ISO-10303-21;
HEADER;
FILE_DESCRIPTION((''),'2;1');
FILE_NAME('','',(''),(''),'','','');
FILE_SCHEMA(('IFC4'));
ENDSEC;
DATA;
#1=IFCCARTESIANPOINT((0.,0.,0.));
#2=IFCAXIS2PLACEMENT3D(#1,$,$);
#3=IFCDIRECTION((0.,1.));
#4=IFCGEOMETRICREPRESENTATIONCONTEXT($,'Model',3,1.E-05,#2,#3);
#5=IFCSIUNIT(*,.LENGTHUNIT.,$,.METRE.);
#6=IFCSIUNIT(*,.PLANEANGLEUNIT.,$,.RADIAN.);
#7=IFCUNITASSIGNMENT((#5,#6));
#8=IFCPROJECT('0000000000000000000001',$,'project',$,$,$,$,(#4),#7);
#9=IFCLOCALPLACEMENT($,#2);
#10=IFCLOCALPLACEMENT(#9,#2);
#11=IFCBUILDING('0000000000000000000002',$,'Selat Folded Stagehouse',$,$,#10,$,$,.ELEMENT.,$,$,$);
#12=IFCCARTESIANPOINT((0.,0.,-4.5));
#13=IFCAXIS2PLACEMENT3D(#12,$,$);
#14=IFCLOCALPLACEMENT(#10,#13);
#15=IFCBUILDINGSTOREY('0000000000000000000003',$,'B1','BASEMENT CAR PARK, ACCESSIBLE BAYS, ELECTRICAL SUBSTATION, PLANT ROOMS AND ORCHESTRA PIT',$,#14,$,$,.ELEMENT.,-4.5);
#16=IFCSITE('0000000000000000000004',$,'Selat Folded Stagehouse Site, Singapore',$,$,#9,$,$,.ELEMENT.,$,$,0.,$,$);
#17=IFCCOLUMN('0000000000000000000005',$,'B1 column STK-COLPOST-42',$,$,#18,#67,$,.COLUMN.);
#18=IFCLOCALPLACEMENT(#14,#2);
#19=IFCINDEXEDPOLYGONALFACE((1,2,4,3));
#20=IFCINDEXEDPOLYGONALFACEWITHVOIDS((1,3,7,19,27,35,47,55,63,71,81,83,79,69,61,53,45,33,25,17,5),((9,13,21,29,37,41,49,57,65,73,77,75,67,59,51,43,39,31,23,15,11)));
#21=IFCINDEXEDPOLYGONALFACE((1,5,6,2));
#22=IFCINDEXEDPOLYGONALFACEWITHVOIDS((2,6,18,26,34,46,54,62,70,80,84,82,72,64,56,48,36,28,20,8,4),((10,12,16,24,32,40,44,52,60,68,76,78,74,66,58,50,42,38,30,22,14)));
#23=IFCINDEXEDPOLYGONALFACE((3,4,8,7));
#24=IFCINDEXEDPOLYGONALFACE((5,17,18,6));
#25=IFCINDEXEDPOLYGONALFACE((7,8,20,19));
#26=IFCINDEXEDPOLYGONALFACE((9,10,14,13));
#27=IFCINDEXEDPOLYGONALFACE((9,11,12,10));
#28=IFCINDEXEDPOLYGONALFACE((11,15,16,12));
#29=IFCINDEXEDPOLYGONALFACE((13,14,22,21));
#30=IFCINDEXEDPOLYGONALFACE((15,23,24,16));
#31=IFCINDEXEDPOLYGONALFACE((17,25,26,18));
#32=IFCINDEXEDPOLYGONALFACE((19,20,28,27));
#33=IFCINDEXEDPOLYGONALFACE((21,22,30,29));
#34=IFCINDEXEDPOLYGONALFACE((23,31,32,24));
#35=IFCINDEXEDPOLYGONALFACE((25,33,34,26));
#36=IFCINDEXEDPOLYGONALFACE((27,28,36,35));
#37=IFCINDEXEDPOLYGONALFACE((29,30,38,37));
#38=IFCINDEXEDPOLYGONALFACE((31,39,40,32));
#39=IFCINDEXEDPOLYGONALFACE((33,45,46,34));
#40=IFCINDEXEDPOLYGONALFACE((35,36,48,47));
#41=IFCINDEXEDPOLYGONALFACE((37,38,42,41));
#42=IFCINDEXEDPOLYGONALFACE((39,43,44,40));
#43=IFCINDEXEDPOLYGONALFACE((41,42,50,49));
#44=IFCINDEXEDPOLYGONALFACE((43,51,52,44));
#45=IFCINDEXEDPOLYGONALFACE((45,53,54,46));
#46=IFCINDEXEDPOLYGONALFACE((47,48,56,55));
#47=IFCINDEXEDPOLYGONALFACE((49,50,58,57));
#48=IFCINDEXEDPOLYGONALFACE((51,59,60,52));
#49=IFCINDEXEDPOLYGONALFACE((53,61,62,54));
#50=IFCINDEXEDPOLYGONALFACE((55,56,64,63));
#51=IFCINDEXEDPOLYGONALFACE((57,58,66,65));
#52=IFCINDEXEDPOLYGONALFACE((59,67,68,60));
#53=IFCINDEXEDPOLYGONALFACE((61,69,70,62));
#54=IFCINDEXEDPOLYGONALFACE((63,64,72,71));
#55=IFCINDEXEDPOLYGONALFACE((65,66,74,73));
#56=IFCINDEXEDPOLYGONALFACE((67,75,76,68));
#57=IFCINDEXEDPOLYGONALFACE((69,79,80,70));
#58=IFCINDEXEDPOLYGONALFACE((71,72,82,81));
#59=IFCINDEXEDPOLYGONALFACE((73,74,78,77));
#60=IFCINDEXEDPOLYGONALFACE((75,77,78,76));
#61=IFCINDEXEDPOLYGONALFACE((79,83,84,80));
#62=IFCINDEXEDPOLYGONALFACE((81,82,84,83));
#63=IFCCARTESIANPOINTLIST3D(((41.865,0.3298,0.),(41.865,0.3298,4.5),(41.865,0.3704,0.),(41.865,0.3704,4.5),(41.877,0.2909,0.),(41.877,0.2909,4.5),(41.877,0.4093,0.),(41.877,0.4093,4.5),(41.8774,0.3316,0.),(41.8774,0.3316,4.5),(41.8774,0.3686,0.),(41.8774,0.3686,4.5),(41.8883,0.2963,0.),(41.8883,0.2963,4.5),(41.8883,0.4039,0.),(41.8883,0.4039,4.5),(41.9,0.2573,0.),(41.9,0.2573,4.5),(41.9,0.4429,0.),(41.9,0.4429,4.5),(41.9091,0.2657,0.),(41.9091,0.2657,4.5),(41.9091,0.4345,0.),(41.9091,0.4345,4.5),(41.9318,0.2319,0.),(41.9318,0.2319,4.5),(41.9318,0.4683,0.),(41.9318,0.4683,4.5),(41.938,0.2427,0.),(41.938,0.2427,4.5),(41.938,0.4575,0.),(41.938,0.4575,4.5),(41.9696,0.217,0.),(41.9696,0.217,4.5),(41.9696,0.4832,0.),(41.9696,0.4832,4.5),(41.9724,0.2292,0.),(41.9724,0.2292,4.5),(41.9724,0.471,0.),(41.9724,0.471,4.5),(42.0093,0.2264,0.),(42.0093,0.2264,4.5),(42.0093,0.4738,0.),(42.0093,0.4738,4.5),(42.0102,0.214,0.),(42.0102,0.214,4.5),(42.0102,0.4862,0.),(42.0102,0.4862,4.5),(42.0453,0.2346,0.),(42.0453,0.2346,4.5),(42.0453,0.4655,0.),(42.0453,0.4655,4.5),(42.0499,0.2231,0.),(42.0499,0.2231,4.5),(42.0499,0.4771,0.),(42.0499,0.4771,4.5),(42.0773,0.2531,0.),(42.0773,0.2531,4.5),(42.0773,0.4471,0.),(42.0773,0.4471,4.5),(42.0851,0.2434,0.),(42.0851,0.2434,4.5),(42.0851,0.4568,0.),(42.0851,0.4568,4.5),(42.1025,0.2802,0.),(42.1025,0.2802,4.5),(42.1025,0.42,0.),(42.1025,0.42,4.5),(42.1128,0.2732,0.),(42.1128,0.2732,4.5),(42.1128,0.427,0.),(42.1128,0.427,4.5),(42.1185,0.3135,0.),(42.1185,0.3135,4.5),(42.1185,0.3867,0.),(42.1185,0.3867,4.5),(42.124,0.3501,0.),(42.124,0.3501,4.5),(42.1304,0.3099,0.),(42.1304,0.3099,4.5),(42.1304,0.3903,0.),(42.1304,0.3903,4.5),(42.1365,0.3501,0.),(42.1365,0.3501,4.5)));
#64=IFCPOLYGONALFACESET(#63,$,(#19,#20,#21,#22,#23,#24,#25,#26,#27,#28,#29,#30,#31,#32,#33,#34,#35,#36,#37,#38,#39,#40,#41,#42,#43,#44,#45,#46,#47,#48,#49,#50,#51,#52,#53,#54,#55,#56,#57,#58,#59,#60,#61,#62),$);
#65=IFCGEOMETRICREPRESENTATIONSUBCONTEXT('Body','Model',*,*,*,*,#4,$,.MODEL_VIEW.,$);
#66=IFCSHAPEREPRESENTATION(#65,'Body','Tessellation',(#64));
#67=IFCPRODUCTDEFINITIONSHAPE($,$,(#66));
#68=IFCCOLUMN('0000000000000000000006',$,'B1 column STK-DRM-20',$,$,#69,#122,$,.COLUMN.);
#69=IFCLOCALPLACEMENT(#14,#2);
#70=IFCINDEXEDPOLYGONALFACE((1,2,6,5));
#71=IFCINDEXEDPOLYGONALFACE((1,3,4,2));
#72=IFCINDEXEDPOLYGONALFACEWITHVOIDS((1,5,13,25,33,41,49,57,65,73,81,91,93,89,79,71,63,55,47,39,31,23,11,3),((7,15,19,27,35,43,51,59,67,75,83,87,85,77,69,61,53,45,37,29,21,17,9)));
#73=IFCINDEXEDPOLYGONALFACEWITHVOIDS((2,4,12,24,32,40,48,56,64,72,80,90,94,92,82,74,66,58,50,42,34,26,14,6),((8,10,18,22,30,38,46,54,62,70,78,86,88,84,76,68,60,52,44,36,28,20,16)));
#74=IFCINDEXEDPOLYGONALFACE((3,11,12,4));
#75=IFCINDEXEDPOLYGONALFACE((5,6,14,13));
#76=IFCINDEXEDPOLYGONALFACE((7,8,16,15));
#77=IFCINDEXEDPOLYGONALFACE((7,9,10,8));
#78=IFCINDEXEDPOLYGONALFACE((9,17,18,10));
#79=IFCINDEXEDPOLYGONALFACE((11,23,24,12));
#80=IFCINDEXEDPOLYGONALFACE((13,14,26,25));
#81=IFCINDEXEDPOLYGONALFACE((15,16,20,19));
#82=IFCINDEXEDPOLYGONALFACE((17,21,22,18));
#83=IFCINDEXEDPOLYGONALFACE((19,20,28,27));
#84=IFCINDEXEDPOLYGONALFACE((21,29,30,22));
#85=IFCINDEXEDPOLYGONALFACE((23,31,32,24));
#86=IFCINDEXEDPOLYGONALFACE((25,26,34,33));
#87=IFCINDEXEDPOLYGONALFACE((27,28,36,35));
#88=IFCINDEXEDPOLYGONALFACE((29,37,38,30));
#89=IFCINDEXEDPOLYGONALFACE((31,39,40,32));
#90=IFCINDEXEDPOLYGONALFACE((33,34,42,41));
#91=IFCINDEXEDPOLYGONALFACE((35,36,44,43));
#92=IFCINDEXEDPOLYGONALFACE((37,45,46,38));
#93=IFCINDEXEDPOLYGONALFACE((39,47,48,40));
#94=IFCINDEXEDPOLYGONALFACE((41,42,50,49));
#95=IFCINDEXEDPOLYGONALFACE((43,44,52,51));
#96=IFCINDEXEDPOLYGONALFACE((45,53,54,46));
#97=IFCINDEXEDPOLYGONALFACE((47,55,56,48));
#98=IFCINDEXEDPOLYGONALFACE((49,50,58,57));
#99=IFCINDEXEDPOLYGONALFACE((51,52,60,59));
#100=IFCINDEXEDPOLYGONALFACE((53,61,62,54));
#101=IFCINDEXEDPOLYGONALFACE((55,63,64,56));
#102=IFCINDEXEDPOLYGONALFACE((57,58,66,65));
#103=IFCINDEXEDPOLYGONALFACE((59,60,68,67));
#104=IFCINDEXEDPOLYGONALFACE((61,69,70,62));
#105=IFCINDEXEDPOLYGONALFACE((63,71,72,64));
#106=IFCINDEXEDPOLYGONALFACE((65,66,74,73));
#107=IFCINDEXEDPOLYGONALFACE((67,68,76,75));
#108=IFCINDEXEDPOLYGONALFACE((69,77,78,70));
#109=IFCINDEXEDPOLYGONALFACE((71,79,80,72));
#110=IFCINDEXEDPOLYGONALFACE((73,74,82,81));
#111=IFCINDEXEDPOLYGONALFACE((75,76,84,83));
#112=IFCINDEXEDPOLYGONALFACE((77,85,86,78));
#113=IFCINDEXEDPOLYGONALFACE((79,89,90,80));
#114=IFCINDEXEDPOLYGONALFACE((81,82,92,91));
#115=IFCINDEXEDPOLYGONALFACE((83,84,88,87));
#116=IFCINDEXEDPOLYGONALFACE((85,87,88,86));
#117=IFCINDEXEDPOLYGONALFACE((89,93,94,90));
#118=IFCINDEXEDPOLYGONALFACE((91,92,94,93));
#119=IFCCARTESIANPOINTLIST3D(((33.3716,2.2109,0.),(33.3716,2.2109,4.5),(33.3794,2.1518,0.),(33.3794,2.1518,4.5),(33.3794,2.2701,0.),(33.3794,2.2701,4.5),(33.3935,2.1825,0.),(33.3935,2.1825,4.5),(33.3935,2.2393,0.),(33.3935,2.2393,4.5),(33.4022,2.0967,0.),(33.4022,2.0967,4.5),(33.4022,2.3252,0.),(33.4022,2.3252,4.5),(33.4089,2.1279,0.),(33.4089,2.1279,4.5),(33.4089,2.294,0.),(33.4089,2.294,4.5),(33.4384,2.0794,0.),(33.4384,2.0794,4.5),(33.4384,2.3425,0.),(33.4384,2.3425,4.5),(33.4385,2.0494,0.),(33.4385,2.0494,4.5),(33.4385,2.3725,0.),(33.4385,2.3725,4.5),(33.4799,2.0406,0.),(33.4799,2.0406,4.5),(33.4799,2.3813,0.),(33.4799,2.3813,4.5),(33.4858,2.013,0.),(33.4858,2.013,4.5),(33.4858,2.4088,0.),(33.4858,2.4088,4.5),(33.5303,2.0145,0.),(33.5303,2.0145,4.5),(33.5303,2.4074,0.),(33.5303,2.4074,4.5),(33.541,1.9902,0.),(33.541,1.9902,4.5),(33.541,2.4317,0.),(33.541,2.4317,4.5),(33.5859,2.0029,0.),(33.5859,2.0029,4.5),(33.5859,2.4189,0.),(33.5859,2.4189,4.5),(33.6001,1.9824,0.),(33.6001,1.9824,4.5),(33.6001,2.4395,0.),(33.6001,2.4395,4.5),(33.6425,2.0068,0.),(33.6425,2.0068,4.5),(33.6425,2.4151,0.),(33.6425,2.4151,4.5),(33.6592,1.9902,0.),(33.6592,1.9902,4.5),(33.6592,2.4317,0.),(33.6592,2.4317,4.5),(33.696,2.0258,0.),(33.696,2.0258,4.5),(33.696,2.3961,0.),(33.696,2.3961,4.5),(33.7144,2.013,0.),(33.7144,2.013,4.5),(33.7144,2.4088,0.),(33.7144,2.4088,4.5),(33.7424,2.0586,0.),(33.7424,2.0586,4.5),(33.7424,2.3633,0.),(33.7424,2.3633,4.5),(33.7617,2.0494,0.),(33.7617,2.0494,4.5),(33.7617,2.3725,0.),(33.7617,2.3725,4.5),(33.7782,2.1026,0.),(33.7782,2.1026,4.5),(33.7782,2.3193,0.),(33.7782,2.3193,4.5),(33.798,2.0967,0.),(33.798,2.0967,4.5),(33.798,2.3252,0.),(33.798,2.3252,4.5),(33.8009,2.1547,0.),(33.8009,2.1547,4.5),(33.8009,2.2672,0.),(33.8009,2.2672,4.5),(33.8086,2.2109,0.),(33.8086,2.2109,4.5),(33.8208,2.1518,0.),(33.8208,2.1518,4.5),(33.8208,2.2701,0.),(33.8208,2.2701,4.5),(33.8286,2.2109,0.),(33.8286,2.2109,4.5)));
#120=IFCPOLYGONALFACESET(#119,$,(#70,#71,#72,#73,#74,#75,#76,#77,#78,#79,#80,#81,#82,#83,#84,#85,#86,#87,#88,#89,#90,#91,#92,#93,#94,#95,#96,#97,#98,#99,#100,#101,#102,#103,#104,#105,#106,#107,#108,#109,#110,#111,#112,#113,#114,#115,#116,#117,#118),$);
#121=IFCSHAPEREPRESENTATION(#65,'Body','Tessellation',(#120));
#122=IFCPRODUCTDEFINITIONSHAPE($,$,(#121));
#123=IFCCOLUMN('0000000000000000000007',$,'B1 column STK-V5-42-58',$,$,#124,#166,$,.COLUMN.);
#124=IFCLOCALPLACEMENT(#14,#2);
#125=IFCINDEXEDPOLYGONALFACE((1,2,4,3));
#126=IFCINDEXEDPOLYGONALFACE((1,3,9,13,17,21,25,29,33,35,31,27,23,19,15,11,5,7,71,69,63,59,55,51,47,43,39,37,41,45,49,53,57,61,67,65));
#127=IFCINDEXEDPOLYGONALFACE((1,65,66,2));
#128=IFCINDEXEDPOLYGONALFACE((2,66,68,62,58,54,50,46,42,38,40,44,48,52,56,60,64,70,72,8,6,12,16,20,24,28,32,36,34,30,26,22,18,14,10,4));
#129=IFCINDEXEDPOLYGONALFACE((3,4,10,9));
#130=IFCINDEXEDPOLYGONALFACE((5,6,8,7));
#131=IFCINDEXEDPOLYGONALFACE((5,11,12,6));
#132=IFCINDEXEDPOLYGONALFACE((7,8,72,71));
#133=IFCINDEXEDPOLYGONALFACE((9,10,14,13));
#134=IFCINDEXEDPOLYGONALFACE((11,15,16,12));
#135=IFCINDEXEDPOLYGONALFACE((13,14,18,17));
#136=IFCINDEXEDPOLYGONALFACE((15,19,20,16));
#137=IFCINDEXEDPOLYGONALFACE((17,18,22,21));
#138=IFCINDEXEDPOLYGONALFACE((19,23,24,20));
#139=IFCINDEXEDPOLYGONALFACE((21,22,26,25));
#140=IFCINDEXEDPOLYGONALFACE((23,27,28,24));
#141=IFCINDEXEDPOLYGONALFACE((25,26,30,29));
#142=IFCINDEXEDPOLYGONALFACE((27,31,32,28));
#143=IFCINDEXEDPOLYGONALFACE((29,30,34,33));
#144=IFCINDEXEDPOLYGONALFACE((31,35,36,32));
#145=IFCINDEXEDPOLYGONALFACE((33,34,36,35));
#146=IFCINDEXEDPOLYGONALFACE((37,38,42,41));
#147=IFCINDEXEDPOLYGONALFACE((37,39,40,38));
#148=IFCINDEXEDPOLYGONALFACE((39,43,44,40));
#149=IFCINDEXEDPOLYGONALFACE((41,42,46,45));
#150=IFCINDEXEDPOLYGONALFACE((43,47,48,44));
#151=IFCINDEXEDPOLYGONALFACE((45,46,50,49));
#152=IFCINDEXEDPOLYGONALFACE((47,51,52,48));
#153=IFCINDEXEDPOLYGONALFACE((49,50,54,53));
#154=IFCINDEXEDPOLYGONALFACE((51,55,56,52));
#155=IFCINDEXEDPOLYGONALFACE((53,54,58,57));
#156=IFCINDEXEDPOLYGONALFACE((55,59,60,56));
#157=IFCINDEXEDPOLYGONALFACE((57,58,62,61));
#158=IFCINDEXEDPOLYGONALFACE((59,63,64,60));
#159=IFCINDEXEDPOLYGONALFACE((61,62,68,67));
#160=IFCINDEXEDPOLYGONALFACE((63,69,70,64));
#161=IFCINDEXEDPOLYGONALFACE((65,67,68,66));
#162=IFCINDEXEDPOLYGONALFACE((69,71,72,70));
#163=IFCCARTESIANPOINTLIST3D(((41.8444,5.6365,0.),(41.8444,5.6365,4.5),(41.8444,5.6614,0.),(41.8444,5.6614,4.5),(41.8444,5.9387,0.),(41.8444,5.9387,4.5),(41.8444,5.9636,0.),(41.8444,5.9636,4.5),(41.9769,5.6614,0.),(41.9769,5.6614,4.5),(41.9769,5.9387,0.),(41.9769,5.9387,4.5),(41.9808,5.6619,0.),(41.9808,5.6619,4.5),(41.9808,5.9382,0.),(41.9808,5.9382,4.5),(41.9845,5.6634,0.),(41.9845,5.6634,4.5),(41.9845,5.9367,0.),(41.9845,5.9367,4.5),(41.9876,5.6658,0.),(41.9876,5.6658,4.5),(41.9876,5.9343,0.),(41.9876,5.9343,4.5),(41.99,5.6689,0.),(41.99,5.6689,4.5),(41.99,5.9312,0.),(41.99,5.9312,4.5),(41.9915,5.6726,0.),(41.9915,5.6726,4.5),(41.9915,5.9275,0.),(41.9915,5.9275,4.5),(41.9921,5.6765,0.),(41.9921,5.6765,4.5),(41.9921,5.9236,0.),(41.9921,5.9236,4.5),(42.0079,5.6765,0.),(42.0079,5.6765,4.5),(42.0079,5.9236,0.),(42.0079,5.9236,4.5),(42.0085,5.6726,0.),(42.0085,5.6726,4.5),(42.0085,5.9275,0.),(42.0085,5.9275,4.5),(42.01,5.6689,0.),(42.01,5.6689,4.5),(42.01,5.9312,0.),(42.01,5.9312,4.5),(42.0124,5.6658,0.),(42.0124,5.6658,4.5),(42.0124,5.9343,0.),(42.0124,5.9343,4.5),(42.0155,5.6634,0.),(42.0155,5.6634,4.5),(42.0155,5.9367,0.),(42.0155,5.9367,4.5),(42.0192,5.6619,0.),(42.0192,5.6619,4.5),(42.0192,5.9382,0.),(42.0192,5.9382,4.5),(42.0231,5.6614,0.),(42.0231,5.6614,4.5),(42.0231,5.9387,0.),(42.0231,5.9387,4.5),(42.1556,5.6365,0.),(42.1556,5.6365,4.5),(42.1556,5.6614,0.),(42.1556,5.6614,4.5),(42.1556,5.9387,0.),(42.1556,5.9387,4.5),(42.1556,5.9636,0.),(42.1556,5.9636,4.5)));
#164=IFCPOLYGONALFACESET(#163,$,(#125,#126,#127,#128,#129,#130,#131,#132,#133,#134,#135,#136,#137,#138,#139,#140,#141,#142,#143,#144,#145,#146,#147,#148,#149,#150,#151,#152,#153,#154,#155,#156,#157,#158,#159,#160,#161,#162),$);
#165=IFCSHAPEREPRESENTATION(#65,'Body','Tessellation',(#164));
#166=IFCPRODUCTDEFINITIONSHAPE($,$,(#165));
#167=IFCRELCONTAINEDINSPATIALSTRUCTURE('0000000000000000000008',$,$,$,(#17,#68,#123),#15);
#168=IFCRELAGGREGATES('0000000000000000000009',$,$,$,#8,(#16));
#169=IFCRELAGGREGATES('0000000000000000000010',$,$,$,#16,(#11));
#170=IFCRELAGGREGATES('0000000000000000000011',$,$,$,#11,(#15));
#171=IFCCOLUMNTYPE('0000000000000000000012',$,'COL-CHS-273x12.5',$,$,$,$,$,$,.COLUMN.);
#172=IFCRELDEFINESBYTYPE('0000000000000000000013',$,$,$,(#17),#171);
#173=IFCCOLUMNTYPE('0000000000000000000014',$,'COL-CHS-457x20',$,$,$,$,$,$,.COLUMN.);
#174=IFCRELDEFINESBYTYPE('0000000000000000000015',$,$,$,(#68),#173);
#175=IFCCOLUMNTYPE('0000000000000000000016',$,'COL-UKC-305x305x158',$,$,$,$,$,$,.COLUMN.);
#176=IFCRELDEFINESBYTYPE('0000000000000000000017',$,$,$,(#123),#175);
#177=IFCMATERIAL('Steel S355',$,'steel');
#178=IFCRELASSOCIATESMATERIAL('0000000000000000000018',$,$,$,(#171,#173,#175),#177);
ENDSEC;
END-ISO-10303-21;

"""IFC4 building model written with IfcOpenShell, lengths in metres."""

from ifc_helpers import new_model, si_unit, direction, frame, origin, origin_2d, place, context, subcontext, project, spatial, hollow_circle, i_section, extrude, material, material_profile, profile_set, type_object, element, save


model = new_model("IFC4")

# Units and contexts
model_context = context("Model", 3, precision=1e-05, world=origin(), true_north=direction((0.0, 1.0)))
body_context = subcontext(model_context, "Body", "Model", "MODEL_VIEW")
ifc_project = project(units=[si_unit("LENGTHUNIT", "METRE"), si_unit("PLANEANGLEUNIT", "RADIAN")], contexts=[model_context])

# Site, building, storey
site_placement = place(None, origin())
site = spatial("IfcSite", under=ifc_project, at=site_placement, Name="Selat Folded Stagehouse Site, Singapore", CompositionType="ELEMENT", RefElevation=0.0)
building_placement = place(site_placement, origin())
building = spatial("IfcBuilding", under=site, at=building_placement, Name="Selat Folded Stagehouse", CompositionType="ELEMENT")
storey_placement = place(building_placement, frame((0.0, 0.0, -4.5)))
storey = spatial("IfcBuildingStorey", under=building, at=storey_placement, Name="B1", Description="BASEMENT CAR PARK, ACCESSIBLE BAYS, ELECTRICAL SUBSTATION, PLANT ROOMS AND ORCHESTRA PIT", CompositionType="ELEMENT", Elevation=-4.5)

# Columns
ifc_material_1 = material(Name="Steel S355", Category="steel")
ifc_material_profile_1 = material_profile(ifc_material_1, hollow_circle(Radius=0.1365, WallThickness=0.0125, at=origin_2d()), Name="CHS 273.0x12.5")
ifc_profile_set_1 = profile_set([ifc_material_profile_1], Name="Steel S355")
column_type_1 = type_object("IfcColumnType", Name="COL-CHS-273x12.5", PredefinedType="COLUMN", material=ifc_profile_set_1)
column_1_placement = place(storey_placement, frame((42.0, 0.3501, 0.0), z_axis=(0.0, 0.0, 1.0), x_axis=(1.0, 0.0, 0.0)))
element("IfcColumn", 1, at=column_1_placement, inside=storey, type_object=column_type_1, Name="B1 column STK-COLPOST-42", PredefinedType="COLUMN", context=body_context, shape_type="SweptSolid", body=[
    extrude(hollow_circle(Radius=0.1365, WallThickness=0.0125, at=origin_2d()), origin(), (0.0, 0.0, 1.0), 4.5),
])
ifc_material_profile_2 = material_profile(ifc_material_1, hollow_circle(Radius=0.2285, WallThickness=0.02, at=origin_2d()), Name="CHS 457.0x20.0")
ifc_profile_set_2 = profile_set([ifc_material_profile_2], Name="Steel S355")
column_type_2 = type_object("IfcColumnType", Name="COL-CHS-457x20", PredefinedType="COLUMN", material=ifc_profile_set_2)
column_2_placement = place(storey_placement, frame((33.6001, 2.2109, 0.0), z_axis=(0.0, 0.0, 1.0), x_axis=(1.0, 0.0, 0.0)))
element("IfcColumn", 2, at=column_2_placement, inside=storey, type_object=column_type_2, Name="B1 column STK-DRM-20", PredefinedType="COLUMN", context=body_context, shape_type="SweptSolid", body=[
    extrude(hollow_circle(Radius=0.2285, WallThickness=0.02, at=origin_2d()), origin(), (0.0, 0.0, 1.0), 4.5),
])
ifc_material_profile_3 = material_profile(ifc_material_1, i_section(OverallWidth=0.3113, OverallDepth=0.3271, WebThickness=0.0159, FlangeThickness=0.0249, FilletRadius=0.0151, at=origin_2d()), Name="UKC 305x305x158")
ifc_profile_set_3 = profile_set([ifc_material_profile_3], Name="Steel S355")
column_type_3 = type_object("IfcColumnType", Name="COL-UKC-305x305x158", PredefinedType="COLUMN", material=ifc_profile_set_3)
column_3_placement = place(storey_placement, frame((42.0, 5.8, 0.0), z_axis=(0.0, 0.0, 1.0), x_axis=(1.0, 0.0, 0.0)))
element("IfcColumn", 3, at=column_3_placement, inside=storey, type_object=column_type_3, Name="B1 column STK-V5-42-58", PredefinedType="COLUMN", context=body_context, shape_type="SweptSolid", body=[
    extrude(i_section(OverallWidth=0.3113, OverallDepth=0.3271, WebThickness=0.0159, FlangeThickness=0.0249, FilletRadius=0.0151, at=origin_2d()), origin(), (0.0, 0.0, 1.0), 4.5),
])

save(model, "model.ifc")
